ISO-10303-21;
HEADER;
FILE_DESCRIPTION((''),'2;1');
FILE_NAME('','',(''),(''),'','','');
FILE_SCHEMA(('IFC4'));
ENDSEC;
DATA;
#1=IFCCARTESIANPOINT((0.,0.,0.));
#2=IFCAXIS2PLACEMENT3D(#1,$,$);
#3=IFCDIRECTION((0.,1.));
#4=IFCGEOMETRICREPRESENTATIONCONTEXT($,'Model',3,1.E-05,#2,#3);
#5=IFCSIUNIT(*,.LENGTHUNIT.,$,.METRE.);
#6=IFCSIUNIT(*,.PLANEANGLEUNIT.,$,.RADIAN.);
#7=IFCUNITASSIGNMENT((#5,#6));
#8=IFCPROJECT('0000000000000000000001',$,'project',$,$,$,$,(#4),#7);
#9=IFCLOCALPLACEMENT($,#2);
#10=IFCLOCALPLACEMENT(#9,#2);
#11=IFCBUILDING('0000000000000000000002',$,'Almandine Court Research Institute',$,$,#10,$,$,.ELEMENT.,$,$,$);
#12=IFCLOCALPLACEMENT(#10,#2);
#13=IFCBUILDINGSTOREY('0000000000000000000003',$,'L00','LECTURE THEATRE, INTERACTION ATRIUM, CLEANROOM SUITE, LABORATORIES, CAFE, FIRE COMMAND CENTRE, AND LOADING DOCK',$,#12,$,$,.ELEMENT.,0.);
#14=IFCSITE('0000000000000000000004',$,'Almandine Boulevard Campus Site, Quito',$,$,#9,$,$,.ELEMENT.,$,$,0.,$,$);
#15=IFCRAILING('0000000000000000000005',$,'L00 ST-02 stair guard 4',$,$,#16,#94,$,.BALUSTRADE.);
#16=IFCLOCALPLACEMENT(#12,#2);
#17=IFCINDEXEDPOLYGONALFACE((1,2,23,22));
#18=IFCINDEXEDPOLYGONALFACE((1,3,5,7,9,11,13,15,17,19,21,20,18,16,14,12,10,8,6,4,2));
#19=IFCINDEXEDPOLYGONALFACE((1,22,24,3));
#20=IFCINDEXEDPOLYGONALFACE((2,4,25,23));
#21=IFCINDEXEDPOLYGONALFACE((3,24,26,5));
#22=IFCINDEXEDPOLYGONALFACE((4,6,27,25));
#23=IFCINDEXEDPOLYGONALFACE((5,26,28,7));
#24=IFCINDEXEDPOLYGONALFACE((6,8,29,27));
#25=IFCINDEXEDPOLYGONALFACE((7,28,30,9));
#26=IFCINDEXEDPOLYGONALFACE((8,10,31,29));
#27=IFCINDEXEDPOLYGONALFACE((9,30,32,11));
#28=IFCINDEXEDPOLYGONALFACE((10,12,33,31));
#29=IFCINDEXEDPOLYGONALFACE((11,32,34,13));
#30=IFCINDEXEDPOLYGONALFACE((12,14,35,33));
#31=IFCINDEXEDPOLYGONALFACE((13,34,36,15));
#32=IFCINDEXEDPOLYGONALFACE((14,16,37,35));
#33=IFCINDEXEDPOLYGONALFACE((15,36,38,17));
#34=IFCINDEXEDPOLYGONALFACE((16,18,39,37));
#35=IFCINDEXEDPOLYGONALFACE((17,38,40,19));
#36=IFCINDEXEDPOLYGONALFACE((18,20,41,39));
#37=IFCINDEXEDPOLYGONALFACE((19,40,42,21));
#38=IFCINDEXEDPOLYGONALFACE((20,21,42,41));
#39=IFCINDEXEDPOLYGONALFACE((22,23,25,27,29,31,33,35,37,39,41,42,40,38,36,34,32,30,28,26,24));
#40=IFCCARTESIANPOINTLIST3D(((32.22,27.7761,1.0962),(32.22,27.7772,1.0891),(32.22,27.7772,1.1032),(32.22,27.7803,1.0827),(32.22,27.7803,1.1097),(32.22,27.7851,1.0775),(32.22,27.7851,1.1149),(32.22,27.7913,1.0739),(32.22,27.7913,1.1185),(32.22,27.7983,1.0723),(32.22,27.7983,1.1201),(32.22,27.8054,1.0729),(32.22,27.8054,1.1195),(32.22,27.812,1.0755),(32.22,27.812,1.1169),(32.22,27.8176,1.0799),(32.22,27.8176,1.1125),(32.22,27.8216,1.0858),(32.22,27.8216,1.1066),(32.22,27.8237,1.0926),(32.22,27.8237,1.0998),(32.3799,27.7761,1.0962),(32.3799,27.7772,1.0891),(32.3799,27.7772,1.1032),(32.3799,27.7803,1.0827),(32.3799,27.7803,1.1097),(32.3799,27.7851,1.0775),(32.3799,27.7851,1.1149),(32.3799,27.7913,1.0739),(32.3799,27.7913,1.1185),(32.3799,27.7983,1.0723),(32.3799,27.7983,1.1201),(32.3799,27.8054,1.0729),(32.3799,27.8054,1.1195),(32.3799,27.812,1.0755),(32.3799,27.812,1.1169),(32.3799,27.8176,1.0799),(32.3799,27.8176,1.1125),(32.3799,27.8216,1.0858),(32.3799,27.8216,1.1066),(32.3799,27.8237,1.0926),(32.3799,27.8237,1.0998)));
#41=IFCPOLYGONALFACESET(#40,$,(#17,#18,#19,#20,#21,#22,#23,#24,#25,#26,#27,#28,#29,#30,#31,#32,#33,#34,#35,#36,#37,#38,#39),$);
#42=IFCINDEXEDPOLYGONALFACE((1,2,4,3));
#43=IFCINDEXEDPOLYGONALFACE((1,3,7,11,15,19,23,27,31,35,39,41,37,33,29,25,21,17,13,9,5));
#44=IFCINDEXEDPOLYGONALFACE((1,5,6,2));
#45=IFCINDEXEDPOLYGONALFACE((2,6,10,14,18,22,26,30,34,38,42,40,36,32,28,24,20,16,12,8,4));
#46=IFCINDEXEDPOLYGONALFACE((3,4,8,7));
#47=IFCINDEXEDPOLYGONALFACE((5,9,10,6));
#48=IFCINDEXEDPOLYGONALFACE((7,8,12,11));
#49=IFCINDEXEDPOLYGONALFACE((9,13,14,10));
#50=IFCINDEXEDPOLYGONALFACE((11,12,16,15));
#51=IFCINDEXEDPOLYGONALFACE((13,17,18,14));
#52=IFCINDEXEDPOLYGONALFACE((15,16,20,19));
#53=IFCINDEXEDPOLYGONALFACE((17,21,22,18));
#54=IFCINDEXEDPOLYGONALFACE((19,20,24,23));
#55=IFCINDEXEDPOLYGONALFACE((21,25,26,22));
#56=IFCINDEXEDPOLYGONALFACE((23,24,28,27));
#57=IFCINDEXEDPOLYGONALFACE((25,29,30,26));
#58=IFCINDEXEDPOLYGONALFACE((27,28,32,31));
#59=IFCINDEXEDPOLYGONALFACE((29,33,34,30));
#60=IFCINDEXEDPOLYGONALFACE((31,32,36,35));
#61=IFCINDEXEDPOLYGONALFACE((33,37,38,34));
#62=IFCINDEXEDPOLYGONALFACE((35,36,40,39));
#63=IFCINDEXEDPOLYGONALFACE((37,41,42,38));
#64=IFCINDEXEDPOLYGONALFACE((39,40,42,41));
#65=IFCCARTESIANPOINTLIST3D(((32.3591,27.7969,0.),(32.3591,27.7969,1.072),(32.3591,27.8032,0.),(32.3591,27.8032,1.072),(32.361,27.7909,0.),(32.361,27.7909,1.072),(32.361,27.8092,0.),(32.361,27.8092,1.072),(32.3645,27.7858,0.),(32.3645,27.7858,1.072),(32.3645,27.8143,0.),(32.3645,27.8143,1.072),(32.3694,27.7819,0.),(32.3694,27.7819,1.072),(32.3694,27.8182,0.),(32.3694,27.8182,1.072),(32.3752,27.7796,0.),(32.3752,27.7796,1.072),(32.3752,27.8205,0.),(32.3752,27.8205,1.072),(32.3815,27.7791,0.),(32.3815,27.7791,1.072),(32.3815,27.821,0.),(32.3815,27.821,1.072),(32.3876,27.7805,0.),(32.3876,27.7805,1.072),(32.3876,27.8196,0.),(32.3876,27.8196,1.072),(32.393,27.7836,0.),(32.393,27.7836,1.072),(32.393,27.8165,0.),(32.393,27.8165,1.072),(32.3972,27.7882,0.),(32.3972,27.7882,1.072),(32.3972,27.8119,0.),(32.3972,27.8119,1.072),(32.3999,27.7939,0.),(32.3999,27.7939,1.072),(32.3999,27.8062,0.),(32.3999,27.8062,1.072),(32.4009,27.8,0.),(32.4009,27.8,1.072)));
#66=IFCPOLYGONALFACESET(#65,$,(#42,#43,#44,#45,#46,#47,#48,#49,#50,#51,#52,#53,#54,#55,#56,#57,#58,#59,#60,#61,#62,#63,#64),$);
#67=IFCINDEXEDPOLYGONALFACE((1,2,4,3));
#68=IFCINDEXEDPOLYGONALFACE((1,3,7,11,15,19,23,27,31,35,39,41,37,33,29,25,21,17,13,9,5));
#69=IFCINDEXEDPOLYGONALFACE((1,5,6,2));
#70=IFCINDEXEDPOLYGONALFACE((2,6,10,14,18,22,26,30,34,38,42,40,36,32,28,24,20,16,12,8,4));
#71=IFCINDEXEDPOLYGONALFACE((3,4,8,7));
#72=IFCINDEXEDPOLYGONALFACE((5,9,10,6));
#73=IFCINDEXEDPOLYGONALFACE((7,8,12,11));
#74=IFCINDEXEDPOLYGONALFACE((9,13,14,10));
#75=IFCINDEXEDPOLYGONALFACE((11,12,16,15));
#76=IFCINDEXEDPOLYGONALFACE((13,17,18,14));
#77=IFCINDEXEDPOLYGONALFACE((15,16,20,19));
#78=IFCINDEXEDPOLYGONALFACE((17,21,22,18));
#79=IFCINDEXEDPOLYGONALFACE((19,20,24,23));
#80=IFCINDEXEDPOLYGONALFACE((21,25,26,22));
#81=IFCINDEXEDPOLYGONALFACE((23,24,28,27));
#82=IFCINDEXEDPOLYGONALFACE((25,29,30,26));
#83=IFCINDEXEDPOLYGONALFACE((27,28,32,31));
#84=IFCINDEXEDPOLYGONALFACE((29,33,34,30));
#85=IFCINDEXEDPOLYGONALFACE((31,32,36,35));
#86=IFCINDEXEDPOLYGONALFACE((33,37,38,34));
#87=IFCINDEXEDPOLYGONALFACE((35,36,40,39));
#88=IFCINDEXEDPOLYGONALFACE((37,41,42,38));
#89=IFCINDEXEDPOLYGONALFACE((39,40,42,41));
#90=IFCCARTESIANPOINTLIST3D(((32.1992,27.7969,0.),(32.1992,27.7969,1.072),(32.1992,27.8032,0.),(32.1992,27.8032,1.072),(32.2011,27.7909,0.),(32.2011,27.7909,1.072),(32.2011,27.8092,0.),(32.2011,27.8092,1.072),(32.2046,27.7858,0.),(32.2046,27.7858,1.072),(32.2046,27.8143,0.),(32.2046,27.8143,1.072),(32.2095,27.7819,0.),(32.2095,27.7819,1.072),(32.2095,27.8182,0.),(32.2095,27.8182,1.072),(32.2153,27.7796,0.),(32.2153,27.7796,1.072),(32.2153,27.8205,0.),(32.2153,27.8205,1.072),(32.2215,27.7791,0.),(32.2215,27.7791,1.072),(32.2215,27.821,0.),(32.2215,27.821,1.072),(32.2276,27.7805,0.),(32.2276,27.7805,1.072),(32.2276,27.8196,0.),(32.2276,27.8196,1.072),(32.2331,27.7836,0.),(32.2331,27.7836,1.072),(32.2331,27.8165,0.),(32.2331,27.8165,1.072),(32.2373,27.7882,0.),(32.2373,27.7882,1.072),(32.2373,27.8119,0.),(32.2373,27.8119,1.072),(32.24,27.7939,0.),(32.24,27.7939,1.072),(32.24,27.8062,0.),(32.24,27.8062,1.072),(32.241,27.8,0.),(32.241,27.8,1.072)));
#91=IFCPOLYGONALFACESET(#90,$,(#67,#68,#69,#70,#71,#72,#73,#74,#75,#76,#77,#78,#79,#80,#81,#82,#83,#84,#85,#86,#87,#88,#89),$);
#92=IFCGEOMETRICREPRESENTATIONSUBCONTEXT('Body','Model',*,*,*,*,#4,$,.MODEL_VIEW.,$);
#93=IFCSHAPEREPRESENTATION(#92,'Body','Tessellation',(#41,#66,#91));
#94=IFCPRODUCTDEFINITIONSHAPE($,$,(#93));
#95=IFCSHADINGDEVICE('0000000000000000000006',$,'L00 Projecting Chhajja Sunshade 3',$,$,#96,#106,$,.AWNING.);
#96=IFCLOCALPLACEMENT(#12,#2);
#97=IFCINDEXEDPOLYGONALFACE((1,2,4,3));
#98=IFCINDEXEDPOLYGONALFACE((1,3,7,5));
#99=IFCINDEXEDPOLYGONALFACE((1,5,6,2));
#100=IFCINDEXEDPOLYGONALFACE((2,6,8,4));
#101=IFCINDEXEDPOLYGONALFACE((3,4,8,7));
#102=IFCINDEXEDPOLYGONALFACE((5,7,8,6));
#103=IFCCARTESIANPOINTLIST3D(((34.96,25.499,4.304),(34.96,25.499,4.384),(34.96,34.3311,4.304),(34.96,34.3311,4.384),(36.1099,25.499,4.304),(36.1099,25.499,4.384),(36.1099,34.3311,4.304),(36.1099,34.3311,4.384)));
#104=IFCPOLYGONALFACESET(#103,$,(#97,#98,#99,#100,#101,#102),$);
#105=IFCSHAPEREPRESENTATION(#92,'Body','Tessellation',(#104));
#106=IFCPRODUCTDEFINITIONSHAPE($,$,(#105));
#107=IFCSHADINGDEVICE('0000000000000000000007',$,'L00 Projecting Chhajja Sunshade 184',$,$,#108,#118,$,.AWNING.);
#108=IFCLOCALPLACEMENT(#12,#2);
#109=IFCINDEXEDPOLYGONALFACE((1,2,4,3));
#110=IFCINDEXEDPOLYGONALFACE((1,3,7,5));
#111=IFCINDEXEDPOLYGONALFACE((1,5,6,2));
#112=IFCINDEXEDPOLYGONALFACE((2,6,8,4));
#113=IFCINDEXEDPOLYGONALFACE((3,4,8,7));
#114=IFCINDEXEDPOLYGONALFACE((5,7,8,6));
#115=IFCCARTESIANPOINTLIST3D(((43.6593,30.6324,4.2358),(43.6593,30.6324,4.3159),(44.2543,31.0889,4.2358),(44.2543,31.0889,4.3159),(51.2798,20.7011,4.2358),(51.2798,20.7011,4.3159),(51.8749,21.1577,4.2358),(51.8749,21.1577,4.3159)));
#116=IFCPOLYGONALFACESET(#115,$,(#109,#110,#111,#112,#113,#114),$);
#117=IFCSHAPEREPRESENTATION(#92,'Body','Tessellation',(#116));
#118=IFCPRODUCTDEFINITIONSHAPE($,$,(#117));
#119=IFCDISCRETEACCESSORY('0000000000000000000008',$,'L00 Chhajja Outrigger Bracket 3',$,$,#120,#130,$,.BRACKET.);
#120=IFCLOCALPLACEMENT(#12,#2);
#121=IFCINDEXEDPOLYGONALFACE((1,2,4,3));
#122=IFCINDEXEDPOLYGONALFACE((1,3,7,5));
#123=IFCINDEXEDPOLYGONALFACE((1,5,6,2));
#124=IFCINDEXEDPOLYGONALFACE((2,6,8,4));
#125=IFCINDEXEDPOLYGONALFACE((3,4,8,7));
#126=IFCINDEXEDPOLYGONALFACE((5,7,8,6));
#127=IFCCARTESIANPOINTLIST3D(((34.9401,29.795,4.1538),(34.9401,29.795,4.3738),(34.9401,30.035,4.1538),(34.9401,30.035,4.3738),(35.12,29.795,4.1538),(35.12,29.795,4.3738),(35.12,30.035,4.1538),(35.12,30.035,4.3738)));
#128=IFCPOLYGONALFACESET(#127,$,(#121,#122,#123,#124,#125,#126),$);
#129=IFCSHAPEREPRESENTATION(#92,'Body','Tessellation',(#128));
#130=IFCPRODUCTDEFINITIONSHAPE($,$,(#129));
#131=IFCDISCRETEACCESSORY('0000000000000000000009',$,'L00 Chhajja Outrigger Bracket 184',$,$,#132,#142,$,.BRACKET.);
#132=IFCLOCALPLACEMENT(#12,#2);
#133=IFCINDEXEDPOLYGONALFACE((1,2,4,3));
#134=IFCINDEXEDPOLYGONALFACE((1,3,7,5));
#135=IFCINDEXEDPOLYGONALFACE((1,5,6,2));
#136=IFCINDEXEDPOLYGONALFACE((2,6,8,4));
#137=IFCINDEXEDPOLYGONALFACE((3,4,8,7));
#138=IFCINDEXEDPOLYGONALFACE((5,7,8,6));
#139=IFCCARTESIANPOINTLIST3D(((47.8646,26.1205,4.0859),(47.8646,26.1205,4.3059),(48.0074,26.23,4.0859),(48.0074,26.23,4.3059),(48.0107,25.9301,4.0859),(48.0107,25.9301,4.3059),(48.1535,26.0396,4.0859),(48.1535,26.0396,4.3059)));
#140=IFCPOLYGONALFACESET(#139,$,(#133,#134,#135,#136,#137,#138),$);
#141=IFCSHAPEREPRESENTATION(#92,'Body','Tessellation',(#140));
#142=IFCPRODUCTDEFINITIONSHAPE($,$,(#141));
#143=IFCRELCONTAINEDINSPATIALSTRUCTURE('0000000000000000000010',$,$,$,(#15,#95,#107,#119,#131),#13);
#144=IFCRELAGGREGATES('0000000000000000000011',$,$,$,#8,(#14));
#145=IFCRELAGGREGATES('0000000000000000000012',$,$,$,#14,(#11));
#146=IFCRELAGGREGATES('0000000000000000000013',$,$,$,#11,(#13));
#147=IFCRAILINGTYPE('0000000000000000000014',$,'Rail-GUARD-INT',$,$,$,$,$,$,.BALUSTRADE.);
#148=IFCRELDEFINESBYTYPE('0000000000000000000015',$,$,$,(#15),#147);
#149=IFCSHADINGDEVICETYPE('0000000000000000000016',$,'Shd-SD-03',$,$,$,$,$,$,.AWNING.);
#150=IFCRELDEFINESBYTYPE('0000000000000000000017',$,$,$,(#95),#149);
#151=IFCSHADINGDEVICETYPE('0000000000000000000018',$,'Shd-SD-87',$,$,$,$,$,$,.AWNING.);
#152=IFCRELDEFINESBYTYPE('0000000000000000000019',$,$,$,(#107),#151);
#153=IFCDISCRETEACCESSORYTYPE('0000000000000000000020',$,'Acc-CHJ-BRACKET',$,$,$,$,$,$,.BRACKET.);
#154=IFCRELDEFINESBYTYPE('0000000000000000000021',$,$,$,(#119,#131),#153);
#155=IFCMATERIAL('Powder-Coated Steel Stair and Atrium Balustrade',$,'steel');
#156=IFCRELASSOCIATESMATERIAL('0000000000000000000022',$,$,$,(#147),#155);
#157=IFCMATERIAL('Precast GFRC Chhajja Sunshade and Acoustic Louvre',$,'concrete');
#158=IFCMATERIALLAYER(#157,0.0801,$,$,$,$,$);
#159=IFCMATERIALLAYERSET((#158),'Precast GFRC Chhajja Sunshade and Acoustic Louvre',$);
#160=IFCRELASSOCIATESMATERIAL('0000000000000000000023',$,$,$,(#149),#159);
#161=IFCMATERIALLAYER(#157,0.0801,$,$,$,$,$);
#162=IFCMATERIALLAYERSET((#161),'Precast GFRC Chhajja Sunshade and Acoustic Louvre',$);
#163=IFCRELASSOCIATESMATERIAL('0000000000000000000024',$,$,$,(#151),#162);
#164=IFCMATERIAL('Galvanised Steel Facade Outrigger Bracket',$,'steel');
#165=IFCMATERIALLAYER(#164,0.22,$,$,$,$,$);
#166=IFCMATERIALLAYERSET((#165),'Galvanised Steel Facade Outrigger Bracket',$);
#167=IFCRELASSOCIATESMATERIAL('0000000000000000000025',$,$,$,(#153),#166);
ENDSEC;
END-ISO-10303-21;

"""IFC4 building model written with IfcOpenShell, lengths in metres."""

from ifc_helpers import new_model, si_unit, direction, frame, origin, origin_2d, place, context, subcontext, project, spatial, rectangle, circle, extrude, material, layer, layer_set, type_object, element, save


model = new_model("IFC4")

# Units and contexts
model_context = context("Model", 3, precision=1e-05, world=origin(), true_north=direction((0.0, 1.0)))
body_context = subcontext(model_context, "Body", "Model", "MODEL_VIEW")
ifc_project = project(units=[si_unit("LENGTHUNIT", "METRE"), si_unit("PLANEANGLEUNIT", "RADIAN")], contexts=[model_context])

# Site, building, storey
site_placement = place(None, origin())
site = spatial("IfcSite", under=ifc_project, at=site_placement, Name="Almandine Boulevard Campus Site, Quito", CompositionType="ELEMENT", RefElevation=0.0)
building_placement = place(site_placement, origin())
building = spatial("IfcBuilding", under=site, at=building_placement, Name="Almandine Court Research Institute", CompositionType="ELEMENT")
storey_placement = place(building_placement, origin())
storey = spatial("IfcBuildingStorey", under=building, at=storey_placement, Name="L00", Description="LECTURE THEATRE, INTERACTION ATRIUM, CLEANROOM SUITE, LABORATORIES, CAFE, FIRE COMMAND CENTRE, AND LOADING DOCK", CompositionType="ELEMENT", Elevation=0.0)

# Railing
ifc_material_1 = material(Name="Powder-Coated Steel Stair and Atrium Balustrade", Category="steel")
railing_type_1 = type_object("IfcRailingType", Name="Rail-GUARD-INT", PredefinedType="BALUSTRADE", material=ifc_material_1)
railing_1_placement = place(storey_placement, frame((32.3799, 27.8, 0.0)))
element("IfcRailing", 1, at=railing_1_placement, inside=storey, type_object=railing_type_1, Name="L00 ST-02 stair guard 4", PredefinedType="BALUSTRADE", context=body_context, shape_type="SweptSolid", body=[
    extrude(circle(Radius=0.0239, at=origin_2d()), frame((0.0, 0.0, 1.0962), z_axis=(-1.0, 0.0, 0.0), x_axis=(0.0, -1.0, 0.0)), (0.0, 0.0, 1.0), 0.1599),
    extrude(circle(Radius=0.021, at=origin_2d()), origin(), (0.0, 0.0, 1.0), 1.072),
    extrude(circle(Radius=0.021, at=origin_2d()), frame((-0.1599, 0.0, 0.0)), (0.0, 0.0, 1.0), 1.072),
])

# Shading devices
ifc_material_2 = material(Name="Precast GFRC Chhajja Sunshade and Acoustic Louvre", Category="concrete")
ifc_layer_1 = layer(ifc_material_2, 0.0801)
ifc_layer_set_1 = layer_set([ifc_layer_1], Name="Precast GFRC Chhajja Sunshade and Acoustic Louvre")
shading_device_type_1 = type_object("IfcShadingDeviceType", Name="Shd-SD-03", PredefinedType="AWNING", material=ifc_layer_set_1)
shading_device_1_placement = place(storey_placement, frame((35.5349, 29.915, 4.304), z_axis=(0.0, 0.0, 1.0), x_axis=(0.0, -1.0, 0.0)))
element("IfcShadingDevice", 2, at=shading_device_1_placement, inside=storey, type_object=shading_device_type_1, Name="L00 Projecting Chhajja Sunshade 3", PredefinedType="AWNING", context=body_context, shape_type="SweptSolid", body=[
    extrude(rectangle(XDim=8.832, YDim=1.1499, at=origin_2d()), origin(), (0.0, 0.0, 1.0), 0.0801),
])
ifc_layer_2 = layer(ifc_material_2, 0.0801)
ifc_layer_set_2 = layer_set([ifc_layer_2], Name="Precast GFRC Chhajja Sunshade and Acoustic Louvre")
shading_device_type_2 = type_object("IfcShadingDeviceType", Name="Shd-SD-87", PredefinedType="AWNING", material=ifc_layer_set_2)
shading_device_2_placement = place(storey_placement, frame((47.7671, 25.895, 4.2358), z_axis=(0.0, 0.0, 1.0), x_axis=(-0.608761, 0.793353, 0.0)))
element("IfcShadingDevice", 3, at=shading_device_2_placement, inside=storey, type_object=shading_device_type_2, Name="L00 Projecting Chhajja Sunshade 184", PredefinedType="AWNING", context=body_context, shape_type="SweptSolid", body=[
    extrude(rectangle(XDim=12.5181, YDim=0.75, at=origin_2d()), origin(), (0.0, 0.0, 1.0), 0.0801),
])

# Discrete accessories
ifc_material_3 = material(Name="Galvanised Steel Facade Outrigger Bracket", Category="steel")
ifc_layer_3 = layer(ifc_material_3, 0.22)
ifc_layer_set_3 = layer_set([ifc_layer_3], Name="Galvanised Steel Facade Outrigger Bracket")
discrete_accessory_type = type_object("IfcDiscreteAccessoryType", Name="Acc-CHJ-BRACKET", PredefinedType="BRACKET", material=ifc_layer_set_3)
for number, where, z_axis, x_axis, name in (
    (4, (35.03, 29.915, 4.1538), (0.0, 0.0, 1.0), (0.0, -1.0, 0.0), "L00 Chhajja Outrigger Bracket 3"),
    (5, (48.009, 26.0801, 4.0859), (0.0, 0.0, 1.0), (-0.608761, 0.793353, 0.0), "L00 Chhajja Outrigger Bracket 184"),
):
    element("IfcDiscreteAccessory", number, at=place(storey_placement, frame(where, z_axis=z_axis, x_axis=x_axis)), inside=storey, type_object=discrete_accessory_type, Name=name, PredefinedType="BRACKET", context=body_context, shape_type="SweptSolid", body=[
        extrude(rectangle(XDim=0.24, YDim=0.1799, at=origin_2d()), origin(), (0.0, 0.0, 1.0), 0.22),
    ])

save(model, "model.ifc")
